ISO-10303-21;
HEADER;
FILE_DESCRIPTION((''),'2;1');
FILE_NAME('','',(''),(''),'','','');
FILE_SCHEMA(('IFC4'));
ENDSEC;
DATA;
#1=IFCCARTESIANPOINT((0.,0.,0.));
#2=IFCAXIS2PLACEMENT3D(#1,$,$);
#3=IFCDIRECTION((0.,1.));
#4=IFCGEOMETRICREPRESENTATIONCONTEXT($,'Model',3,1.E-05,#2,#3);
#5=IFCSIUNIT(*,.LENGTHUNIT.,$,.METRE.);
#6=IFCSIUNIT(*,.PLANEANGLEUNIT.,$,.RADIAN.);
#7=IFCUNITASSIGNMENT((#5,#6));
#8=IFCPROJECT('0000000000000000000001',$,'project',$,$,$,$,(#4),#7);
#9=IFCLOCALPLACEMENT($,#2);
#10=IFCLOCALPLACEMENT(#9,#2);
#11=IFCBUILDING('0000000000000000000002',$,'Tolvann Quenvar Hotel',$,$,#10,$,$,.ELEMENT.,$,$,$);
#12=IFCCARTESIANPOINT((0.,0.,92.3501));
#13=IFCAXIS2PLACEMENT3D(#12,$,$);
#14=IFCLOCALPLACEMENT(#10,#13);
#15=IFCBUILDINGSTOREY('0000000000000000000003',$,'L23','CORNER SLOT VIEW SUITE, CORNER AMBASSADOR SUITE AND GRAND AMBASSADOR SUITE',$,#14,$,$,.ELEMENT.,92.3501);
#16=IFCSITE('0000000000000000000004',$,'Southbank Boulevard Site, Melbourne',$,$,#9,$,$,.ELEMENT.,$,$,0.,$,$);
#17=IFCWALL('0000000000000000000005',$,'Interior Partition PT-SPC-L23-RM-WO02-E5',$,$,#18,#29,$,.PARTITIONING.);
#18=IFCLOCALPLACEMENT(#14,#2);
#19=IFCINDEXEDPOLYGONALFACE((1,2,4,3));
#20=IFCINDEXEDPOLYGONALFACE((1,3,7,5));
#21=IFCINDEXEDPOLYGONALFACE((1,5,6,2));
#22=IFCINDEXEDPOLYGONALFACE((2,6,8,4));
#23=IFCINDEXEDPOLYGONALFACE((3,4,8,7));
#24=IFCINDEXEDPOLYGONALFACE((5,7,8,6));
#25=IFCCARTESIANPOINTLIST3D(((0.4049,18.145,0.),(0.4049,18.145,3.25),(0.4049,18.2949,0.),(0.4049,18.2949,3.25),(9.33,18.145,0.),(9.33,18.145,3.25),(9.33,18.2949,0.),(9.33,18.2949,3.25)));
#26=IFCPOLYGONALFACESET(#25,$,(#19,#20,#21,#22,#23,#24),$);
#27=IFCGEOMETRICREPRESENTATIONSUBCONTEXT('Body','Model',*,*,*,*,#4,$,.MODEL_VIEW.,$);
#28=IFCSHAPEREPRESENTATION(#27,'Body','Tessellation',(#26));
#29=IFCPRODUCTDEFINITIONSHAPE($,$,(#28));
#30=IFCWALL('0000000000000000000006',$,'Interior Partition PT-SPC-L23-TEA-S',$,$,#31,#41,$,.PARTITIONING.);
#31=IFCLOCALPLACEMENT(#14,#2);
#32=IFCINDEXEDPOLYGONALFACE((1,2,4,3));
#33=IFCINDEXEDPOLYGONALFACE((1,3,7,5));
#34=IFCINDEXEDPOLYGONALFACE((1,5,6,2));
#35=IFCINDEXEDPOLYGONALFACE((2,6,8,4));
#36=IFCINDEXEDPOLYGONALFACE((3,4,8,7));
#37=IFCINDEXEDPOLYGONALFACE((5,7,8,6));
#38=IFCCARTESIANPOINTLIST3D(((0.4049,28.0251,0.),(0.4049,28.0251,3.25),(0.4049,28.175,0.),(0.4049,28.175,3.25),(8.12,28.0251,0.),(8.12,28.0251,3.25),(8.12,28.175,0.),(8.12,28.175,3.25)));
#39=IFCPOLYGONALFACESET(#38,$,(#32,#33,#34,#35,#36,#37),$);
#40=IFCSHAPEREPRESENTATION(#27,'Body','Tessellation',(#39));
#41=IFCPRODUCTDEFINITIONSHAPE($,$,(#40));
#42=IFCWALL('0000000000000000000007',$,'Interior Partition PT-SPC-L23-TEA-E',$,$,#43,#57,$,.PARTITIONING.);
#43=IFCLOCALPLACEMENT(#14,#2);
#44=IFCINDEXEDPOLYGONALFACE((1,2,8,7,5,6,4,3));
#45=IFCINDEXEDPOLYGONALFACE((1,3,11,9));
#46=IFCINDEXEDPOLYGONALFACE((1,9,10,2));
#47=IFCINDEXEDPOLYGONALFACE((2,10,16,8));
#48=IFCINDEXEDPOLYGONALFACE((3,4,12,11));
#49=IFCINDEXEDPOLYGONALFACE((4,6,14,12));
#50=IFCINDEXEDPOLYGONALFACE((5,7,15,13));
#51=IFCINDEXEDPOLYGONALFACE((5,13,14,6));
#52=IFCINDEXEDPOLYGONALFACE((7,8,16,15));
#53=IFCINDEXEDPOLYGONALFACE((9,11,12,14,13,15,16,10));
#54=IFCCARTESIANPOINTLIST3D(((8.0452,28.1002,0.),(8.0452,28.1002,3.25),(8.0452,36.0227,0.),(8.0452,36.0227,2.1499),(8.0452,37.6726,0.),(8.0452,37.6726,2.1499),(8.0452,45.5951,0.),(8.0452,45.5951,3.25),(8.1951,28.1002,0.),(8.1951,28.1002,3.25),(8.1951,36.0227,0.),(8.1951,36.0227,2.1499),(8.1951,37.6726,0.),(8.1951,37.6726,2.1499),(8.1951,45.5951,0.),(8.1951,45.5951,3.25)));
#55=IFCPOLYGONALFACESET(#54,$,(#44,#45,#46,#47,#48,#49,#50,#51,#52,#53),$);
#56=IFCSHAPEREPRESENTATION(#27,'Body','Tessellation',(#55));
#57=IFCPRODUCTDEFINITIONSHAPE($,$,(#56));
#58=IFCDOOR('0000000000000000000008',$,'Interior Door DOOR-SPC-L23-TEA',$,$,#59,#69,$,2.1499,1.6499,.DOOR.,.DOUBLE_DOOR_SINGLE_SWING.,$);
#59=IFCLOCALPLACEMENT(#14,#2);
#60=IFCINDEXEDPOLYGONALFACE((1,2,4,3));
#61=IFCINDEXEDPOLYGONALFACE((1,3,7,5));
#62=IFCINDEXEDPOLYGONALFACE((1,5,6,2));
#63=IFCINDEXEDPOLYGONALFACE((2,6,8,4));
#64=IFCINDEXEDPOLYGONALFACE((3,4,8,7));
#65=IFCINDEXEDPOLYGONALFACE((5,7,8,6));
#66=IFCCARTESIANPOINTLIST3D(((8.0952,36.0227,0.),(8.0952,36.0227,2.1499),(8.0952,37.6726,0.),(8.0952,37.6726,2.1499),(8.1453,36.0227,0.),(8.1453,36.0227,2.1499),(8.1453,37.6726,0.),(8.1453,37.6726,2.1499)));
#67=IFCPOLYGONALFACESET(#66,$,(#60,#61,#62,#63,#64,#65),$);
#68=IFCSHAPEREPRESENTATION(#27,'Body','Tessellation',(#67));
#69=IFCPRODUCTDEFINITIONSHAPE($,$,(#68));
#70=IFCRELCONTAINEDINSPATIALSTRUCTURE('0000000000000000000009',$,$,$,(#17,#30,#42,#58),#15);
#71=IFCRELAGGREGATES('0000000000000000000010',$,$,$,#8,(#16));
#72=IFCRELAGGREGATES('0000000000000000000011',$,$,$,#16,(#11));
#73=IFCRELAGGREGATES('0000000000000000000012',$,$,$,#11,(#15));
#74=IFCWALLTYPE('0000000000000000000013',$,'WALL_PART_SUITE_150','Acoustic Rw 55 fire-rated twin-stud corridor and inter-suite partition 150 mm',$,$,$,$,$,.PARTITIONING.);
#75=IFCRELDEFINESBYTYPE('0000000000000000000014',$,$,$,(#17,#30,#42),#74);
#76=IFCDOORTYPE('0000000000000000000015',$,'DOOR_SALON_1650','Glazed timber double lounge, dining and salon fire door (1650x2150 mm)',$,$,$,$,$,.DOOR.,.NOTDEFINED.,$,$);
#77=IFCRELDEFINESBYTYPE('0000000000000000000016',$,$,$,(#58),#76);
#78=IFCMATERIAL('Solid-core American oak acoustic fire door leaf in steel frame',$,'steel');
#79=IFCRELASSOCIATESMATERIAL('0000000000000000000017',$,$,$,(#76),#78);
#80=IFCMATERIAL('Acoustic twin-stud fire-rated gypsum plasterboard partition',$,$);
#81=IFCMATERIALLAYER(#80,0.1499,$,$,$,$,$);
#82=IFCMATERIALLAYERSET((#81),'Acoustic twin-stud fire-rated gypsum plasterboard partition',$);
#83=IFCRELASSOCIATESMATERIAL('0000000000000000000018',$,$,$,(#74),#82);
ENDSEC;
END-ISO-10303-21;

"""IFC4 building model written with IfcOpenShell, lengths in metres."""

from ifc_helpers import new_model, si_unit, direction, frame, frame_2d, origin, place, context, subcontext, project, spatial, rectangle, extrude, source, transform, mapped, material, layer, layer_set, type_object, type_shapes, element, fill, save


model = new_model("IFC4")

# Units and contexts
model_context = context("Model", 3, precision=1e-05, world=origin(), true_north=direction((0.0, 1.0)))
body_context = subcontext(model_context, "Body", "Model", "MODEL_VIEW")
ifc_project = project(units=[si_unit("LENGTHUNIT", "METRE"), si_unit("PLANEANGLEUNIT", "RADIAN")], contexts=[model_context])

# Site, building, storey
site_placement = place(None, origin())
site = spatial("IfcSite", under=ifc_project, at=site_placement, Name="Southbank Boulevard Site, Melbourne", CompositionType="ELEMENT", RefElevation=0.0)
building_placement = place(site_placement, origin())
building = spatial("IfcBuilding", under=site, at=building_placement, Name="Tolvann Quenvar Hotel", CompositionType="ELEMENT")
storey_placement = place(building_placement, frame((0.0, 0.0, 92.3501)))
storey = spatial("IfcBuildingStorey", under=building, at=storey_placement, Name="L23", Description="CORNER SLOT VIEW SUITE, CORNER AMBASSADOR SUITE AND GRAND AMBASSADOR SUITE", CompositionType="ELEMENT", Elevation=92.3501)

# Shared definitions
ifc_material_1 = material(Name="Acoustic twin-stud fire-rated gypsum plasterboard partition")

# Shared definitions
ifc_material_2 = material(Name="Solid-core American oak acoustic fire door leaf in steel frame", Category="steel")
door_type = type_object("IfcDoorType", Name="DOOR_SALON_1650", Description="Glazed timber double lounge, dining and salon fire door (1650x2150 mm)", OperationType="NOTDEFINED", PredefinedType="DOOR", material=ifc_material_2)
shared_shape_1 = source(origin(), body_context, "Body", "SweptSolid", [
    extrude(rectangle(XDim=1.6499, YDim=2.1499, at=frame_2d((0.825, 1.075))), frame((0.0, 0.0249, 0.0), z_axis=(0.0, -1.0, 0.0), x_axis=(1.0, 0.0, 0.0)), (0.0, 0.0, 1.0), 0.05),
])
type_shapes(door_type, [shared_shape_1])

# Walls
ifc_layer_1 = layer(ifc_material_1, 0.1499)
ifc_layer_set_1 = layer_set([ifc_layer_1], Name="Acoustic twin-stud fire-rated gypsum plasterboard partition")
wall_type_1 = type_object("IfcWallType", Name="WALL_PART_SUITE_150", Description="Acoustic Rw 55 fire-rated twin-stud corridor and inter-suite partition 150 mm", PredefinedType="PARTITIONING", material=ifc_layer_set_1)
wall_1_placement = place(storey_placement, frame((0.405, 18.22, 0.0), z_axis=(0.0, 0.0, 1.0), x_axis=(1.0, 0.0, 0.0)))
element("IfcWall", 1, at=wall_1_placement, inside=storey, type_object=wall_type_1, Name="Interior Partition PT-SPC-L23-RM-WO02-E5", PredefinedType="PARTITIONING", context=body_context, shape_type="SweptSolid", body=[
    extrude(rectangle(XDim=8.925, YDim=0.1499, at=frame_2d((4.4624, 0.0))), origin(), (0.0, 0.0, 1.0), 3.25),
])
wall_2_placement = place(storey_placement, frame((0.405, 28.1001, 0.0), z_axis=(0.0, 0.0, 1.0), x_axis=(1.0, 0.0, 0.0)))
element("IfcWall", 2, at=wall_2_placement, inside=storey, type_object=wall_type_1, Name="Interior Partition PT-SPC-L23-TEA-S", PredefinedType="PARTITIONING", context=body_context, shape_type="SweptSolid", body=[
    extrude(rectangle(XDim=7.7151, YDim=0.1499, at=frame_2d((3.8574, 0.0))), origin(), (0.0, 0.0, 1.0), 3.25),
])

# Wall, opening, door
wall_3_placement = place(storey_placement, frame((8.1201, 28.1001, 0.0), z_axis=(0.0, 0.0, 1.0), x_axis=(0.0, 1.0, 0.0)))
wall_3 = element("IfcWall", 3, at=wall_3_placement, inside=storey, type_object=wall_type_1, Name="Interior Partition PT-SPC-L23-TEA-E", PredefinedType="PARTITIONING", context=body_context, shape_type="SweptSolid", body=[
    extrude(rectangle(XDim=17.4949, YDim=0.1499, at=frame_2d((8.7476, 0.0))), origin(), (0.0, 0.0, 1.0), 3.25),
])
opening_1_placement = place(wall_3_placement, frame((7.9226, 0.0, 0.0)))
opening_1 = element("IfcOpeningElement", 4, at=opening_1_placement, cuts=wall_3, PredefinedType="OPENING", context=body_context, shape_type="SweptSolid", body=[
    extrude(rectangle(XDim=1.6499, YDim=2.1499, at=frame_2d((0.825, 1.075))), frame((0.0, 0.085, 0.0), z_axis=(0.0, -1.0, 0.0), x_axis=(1.0, 0.0, 0.0)), (0.0, 0.0, 1.0), 0.1699),
])
door_1_placement = place(opening_1_placement, origin())
door_1 = element("IfcDoor", 5, at=door_1_placement, inside=storey, type_object=door_type, Name="Interior Door DOOR-SPC-L23-TEA", OperationType="DOUBLE_DOOR_SINGLE_SWING", OverallHeight=2.1499, OverallWidth=1.6499, PredefinedType="DOOR", context=body_context, shape_type="MappedRepresentation", body=[
    mapped(shared_shape_1, transform((0.0, 0.0, 0.0), x_axis=(1.0, 0.0, 0.0), y_axis=(0.0, 1.0, 0.0), z_axis=(0.0, 0.0, 1.0), scale=1.0)),
])
fill(opening_1, door_1)

save(model, "model.ifc")
